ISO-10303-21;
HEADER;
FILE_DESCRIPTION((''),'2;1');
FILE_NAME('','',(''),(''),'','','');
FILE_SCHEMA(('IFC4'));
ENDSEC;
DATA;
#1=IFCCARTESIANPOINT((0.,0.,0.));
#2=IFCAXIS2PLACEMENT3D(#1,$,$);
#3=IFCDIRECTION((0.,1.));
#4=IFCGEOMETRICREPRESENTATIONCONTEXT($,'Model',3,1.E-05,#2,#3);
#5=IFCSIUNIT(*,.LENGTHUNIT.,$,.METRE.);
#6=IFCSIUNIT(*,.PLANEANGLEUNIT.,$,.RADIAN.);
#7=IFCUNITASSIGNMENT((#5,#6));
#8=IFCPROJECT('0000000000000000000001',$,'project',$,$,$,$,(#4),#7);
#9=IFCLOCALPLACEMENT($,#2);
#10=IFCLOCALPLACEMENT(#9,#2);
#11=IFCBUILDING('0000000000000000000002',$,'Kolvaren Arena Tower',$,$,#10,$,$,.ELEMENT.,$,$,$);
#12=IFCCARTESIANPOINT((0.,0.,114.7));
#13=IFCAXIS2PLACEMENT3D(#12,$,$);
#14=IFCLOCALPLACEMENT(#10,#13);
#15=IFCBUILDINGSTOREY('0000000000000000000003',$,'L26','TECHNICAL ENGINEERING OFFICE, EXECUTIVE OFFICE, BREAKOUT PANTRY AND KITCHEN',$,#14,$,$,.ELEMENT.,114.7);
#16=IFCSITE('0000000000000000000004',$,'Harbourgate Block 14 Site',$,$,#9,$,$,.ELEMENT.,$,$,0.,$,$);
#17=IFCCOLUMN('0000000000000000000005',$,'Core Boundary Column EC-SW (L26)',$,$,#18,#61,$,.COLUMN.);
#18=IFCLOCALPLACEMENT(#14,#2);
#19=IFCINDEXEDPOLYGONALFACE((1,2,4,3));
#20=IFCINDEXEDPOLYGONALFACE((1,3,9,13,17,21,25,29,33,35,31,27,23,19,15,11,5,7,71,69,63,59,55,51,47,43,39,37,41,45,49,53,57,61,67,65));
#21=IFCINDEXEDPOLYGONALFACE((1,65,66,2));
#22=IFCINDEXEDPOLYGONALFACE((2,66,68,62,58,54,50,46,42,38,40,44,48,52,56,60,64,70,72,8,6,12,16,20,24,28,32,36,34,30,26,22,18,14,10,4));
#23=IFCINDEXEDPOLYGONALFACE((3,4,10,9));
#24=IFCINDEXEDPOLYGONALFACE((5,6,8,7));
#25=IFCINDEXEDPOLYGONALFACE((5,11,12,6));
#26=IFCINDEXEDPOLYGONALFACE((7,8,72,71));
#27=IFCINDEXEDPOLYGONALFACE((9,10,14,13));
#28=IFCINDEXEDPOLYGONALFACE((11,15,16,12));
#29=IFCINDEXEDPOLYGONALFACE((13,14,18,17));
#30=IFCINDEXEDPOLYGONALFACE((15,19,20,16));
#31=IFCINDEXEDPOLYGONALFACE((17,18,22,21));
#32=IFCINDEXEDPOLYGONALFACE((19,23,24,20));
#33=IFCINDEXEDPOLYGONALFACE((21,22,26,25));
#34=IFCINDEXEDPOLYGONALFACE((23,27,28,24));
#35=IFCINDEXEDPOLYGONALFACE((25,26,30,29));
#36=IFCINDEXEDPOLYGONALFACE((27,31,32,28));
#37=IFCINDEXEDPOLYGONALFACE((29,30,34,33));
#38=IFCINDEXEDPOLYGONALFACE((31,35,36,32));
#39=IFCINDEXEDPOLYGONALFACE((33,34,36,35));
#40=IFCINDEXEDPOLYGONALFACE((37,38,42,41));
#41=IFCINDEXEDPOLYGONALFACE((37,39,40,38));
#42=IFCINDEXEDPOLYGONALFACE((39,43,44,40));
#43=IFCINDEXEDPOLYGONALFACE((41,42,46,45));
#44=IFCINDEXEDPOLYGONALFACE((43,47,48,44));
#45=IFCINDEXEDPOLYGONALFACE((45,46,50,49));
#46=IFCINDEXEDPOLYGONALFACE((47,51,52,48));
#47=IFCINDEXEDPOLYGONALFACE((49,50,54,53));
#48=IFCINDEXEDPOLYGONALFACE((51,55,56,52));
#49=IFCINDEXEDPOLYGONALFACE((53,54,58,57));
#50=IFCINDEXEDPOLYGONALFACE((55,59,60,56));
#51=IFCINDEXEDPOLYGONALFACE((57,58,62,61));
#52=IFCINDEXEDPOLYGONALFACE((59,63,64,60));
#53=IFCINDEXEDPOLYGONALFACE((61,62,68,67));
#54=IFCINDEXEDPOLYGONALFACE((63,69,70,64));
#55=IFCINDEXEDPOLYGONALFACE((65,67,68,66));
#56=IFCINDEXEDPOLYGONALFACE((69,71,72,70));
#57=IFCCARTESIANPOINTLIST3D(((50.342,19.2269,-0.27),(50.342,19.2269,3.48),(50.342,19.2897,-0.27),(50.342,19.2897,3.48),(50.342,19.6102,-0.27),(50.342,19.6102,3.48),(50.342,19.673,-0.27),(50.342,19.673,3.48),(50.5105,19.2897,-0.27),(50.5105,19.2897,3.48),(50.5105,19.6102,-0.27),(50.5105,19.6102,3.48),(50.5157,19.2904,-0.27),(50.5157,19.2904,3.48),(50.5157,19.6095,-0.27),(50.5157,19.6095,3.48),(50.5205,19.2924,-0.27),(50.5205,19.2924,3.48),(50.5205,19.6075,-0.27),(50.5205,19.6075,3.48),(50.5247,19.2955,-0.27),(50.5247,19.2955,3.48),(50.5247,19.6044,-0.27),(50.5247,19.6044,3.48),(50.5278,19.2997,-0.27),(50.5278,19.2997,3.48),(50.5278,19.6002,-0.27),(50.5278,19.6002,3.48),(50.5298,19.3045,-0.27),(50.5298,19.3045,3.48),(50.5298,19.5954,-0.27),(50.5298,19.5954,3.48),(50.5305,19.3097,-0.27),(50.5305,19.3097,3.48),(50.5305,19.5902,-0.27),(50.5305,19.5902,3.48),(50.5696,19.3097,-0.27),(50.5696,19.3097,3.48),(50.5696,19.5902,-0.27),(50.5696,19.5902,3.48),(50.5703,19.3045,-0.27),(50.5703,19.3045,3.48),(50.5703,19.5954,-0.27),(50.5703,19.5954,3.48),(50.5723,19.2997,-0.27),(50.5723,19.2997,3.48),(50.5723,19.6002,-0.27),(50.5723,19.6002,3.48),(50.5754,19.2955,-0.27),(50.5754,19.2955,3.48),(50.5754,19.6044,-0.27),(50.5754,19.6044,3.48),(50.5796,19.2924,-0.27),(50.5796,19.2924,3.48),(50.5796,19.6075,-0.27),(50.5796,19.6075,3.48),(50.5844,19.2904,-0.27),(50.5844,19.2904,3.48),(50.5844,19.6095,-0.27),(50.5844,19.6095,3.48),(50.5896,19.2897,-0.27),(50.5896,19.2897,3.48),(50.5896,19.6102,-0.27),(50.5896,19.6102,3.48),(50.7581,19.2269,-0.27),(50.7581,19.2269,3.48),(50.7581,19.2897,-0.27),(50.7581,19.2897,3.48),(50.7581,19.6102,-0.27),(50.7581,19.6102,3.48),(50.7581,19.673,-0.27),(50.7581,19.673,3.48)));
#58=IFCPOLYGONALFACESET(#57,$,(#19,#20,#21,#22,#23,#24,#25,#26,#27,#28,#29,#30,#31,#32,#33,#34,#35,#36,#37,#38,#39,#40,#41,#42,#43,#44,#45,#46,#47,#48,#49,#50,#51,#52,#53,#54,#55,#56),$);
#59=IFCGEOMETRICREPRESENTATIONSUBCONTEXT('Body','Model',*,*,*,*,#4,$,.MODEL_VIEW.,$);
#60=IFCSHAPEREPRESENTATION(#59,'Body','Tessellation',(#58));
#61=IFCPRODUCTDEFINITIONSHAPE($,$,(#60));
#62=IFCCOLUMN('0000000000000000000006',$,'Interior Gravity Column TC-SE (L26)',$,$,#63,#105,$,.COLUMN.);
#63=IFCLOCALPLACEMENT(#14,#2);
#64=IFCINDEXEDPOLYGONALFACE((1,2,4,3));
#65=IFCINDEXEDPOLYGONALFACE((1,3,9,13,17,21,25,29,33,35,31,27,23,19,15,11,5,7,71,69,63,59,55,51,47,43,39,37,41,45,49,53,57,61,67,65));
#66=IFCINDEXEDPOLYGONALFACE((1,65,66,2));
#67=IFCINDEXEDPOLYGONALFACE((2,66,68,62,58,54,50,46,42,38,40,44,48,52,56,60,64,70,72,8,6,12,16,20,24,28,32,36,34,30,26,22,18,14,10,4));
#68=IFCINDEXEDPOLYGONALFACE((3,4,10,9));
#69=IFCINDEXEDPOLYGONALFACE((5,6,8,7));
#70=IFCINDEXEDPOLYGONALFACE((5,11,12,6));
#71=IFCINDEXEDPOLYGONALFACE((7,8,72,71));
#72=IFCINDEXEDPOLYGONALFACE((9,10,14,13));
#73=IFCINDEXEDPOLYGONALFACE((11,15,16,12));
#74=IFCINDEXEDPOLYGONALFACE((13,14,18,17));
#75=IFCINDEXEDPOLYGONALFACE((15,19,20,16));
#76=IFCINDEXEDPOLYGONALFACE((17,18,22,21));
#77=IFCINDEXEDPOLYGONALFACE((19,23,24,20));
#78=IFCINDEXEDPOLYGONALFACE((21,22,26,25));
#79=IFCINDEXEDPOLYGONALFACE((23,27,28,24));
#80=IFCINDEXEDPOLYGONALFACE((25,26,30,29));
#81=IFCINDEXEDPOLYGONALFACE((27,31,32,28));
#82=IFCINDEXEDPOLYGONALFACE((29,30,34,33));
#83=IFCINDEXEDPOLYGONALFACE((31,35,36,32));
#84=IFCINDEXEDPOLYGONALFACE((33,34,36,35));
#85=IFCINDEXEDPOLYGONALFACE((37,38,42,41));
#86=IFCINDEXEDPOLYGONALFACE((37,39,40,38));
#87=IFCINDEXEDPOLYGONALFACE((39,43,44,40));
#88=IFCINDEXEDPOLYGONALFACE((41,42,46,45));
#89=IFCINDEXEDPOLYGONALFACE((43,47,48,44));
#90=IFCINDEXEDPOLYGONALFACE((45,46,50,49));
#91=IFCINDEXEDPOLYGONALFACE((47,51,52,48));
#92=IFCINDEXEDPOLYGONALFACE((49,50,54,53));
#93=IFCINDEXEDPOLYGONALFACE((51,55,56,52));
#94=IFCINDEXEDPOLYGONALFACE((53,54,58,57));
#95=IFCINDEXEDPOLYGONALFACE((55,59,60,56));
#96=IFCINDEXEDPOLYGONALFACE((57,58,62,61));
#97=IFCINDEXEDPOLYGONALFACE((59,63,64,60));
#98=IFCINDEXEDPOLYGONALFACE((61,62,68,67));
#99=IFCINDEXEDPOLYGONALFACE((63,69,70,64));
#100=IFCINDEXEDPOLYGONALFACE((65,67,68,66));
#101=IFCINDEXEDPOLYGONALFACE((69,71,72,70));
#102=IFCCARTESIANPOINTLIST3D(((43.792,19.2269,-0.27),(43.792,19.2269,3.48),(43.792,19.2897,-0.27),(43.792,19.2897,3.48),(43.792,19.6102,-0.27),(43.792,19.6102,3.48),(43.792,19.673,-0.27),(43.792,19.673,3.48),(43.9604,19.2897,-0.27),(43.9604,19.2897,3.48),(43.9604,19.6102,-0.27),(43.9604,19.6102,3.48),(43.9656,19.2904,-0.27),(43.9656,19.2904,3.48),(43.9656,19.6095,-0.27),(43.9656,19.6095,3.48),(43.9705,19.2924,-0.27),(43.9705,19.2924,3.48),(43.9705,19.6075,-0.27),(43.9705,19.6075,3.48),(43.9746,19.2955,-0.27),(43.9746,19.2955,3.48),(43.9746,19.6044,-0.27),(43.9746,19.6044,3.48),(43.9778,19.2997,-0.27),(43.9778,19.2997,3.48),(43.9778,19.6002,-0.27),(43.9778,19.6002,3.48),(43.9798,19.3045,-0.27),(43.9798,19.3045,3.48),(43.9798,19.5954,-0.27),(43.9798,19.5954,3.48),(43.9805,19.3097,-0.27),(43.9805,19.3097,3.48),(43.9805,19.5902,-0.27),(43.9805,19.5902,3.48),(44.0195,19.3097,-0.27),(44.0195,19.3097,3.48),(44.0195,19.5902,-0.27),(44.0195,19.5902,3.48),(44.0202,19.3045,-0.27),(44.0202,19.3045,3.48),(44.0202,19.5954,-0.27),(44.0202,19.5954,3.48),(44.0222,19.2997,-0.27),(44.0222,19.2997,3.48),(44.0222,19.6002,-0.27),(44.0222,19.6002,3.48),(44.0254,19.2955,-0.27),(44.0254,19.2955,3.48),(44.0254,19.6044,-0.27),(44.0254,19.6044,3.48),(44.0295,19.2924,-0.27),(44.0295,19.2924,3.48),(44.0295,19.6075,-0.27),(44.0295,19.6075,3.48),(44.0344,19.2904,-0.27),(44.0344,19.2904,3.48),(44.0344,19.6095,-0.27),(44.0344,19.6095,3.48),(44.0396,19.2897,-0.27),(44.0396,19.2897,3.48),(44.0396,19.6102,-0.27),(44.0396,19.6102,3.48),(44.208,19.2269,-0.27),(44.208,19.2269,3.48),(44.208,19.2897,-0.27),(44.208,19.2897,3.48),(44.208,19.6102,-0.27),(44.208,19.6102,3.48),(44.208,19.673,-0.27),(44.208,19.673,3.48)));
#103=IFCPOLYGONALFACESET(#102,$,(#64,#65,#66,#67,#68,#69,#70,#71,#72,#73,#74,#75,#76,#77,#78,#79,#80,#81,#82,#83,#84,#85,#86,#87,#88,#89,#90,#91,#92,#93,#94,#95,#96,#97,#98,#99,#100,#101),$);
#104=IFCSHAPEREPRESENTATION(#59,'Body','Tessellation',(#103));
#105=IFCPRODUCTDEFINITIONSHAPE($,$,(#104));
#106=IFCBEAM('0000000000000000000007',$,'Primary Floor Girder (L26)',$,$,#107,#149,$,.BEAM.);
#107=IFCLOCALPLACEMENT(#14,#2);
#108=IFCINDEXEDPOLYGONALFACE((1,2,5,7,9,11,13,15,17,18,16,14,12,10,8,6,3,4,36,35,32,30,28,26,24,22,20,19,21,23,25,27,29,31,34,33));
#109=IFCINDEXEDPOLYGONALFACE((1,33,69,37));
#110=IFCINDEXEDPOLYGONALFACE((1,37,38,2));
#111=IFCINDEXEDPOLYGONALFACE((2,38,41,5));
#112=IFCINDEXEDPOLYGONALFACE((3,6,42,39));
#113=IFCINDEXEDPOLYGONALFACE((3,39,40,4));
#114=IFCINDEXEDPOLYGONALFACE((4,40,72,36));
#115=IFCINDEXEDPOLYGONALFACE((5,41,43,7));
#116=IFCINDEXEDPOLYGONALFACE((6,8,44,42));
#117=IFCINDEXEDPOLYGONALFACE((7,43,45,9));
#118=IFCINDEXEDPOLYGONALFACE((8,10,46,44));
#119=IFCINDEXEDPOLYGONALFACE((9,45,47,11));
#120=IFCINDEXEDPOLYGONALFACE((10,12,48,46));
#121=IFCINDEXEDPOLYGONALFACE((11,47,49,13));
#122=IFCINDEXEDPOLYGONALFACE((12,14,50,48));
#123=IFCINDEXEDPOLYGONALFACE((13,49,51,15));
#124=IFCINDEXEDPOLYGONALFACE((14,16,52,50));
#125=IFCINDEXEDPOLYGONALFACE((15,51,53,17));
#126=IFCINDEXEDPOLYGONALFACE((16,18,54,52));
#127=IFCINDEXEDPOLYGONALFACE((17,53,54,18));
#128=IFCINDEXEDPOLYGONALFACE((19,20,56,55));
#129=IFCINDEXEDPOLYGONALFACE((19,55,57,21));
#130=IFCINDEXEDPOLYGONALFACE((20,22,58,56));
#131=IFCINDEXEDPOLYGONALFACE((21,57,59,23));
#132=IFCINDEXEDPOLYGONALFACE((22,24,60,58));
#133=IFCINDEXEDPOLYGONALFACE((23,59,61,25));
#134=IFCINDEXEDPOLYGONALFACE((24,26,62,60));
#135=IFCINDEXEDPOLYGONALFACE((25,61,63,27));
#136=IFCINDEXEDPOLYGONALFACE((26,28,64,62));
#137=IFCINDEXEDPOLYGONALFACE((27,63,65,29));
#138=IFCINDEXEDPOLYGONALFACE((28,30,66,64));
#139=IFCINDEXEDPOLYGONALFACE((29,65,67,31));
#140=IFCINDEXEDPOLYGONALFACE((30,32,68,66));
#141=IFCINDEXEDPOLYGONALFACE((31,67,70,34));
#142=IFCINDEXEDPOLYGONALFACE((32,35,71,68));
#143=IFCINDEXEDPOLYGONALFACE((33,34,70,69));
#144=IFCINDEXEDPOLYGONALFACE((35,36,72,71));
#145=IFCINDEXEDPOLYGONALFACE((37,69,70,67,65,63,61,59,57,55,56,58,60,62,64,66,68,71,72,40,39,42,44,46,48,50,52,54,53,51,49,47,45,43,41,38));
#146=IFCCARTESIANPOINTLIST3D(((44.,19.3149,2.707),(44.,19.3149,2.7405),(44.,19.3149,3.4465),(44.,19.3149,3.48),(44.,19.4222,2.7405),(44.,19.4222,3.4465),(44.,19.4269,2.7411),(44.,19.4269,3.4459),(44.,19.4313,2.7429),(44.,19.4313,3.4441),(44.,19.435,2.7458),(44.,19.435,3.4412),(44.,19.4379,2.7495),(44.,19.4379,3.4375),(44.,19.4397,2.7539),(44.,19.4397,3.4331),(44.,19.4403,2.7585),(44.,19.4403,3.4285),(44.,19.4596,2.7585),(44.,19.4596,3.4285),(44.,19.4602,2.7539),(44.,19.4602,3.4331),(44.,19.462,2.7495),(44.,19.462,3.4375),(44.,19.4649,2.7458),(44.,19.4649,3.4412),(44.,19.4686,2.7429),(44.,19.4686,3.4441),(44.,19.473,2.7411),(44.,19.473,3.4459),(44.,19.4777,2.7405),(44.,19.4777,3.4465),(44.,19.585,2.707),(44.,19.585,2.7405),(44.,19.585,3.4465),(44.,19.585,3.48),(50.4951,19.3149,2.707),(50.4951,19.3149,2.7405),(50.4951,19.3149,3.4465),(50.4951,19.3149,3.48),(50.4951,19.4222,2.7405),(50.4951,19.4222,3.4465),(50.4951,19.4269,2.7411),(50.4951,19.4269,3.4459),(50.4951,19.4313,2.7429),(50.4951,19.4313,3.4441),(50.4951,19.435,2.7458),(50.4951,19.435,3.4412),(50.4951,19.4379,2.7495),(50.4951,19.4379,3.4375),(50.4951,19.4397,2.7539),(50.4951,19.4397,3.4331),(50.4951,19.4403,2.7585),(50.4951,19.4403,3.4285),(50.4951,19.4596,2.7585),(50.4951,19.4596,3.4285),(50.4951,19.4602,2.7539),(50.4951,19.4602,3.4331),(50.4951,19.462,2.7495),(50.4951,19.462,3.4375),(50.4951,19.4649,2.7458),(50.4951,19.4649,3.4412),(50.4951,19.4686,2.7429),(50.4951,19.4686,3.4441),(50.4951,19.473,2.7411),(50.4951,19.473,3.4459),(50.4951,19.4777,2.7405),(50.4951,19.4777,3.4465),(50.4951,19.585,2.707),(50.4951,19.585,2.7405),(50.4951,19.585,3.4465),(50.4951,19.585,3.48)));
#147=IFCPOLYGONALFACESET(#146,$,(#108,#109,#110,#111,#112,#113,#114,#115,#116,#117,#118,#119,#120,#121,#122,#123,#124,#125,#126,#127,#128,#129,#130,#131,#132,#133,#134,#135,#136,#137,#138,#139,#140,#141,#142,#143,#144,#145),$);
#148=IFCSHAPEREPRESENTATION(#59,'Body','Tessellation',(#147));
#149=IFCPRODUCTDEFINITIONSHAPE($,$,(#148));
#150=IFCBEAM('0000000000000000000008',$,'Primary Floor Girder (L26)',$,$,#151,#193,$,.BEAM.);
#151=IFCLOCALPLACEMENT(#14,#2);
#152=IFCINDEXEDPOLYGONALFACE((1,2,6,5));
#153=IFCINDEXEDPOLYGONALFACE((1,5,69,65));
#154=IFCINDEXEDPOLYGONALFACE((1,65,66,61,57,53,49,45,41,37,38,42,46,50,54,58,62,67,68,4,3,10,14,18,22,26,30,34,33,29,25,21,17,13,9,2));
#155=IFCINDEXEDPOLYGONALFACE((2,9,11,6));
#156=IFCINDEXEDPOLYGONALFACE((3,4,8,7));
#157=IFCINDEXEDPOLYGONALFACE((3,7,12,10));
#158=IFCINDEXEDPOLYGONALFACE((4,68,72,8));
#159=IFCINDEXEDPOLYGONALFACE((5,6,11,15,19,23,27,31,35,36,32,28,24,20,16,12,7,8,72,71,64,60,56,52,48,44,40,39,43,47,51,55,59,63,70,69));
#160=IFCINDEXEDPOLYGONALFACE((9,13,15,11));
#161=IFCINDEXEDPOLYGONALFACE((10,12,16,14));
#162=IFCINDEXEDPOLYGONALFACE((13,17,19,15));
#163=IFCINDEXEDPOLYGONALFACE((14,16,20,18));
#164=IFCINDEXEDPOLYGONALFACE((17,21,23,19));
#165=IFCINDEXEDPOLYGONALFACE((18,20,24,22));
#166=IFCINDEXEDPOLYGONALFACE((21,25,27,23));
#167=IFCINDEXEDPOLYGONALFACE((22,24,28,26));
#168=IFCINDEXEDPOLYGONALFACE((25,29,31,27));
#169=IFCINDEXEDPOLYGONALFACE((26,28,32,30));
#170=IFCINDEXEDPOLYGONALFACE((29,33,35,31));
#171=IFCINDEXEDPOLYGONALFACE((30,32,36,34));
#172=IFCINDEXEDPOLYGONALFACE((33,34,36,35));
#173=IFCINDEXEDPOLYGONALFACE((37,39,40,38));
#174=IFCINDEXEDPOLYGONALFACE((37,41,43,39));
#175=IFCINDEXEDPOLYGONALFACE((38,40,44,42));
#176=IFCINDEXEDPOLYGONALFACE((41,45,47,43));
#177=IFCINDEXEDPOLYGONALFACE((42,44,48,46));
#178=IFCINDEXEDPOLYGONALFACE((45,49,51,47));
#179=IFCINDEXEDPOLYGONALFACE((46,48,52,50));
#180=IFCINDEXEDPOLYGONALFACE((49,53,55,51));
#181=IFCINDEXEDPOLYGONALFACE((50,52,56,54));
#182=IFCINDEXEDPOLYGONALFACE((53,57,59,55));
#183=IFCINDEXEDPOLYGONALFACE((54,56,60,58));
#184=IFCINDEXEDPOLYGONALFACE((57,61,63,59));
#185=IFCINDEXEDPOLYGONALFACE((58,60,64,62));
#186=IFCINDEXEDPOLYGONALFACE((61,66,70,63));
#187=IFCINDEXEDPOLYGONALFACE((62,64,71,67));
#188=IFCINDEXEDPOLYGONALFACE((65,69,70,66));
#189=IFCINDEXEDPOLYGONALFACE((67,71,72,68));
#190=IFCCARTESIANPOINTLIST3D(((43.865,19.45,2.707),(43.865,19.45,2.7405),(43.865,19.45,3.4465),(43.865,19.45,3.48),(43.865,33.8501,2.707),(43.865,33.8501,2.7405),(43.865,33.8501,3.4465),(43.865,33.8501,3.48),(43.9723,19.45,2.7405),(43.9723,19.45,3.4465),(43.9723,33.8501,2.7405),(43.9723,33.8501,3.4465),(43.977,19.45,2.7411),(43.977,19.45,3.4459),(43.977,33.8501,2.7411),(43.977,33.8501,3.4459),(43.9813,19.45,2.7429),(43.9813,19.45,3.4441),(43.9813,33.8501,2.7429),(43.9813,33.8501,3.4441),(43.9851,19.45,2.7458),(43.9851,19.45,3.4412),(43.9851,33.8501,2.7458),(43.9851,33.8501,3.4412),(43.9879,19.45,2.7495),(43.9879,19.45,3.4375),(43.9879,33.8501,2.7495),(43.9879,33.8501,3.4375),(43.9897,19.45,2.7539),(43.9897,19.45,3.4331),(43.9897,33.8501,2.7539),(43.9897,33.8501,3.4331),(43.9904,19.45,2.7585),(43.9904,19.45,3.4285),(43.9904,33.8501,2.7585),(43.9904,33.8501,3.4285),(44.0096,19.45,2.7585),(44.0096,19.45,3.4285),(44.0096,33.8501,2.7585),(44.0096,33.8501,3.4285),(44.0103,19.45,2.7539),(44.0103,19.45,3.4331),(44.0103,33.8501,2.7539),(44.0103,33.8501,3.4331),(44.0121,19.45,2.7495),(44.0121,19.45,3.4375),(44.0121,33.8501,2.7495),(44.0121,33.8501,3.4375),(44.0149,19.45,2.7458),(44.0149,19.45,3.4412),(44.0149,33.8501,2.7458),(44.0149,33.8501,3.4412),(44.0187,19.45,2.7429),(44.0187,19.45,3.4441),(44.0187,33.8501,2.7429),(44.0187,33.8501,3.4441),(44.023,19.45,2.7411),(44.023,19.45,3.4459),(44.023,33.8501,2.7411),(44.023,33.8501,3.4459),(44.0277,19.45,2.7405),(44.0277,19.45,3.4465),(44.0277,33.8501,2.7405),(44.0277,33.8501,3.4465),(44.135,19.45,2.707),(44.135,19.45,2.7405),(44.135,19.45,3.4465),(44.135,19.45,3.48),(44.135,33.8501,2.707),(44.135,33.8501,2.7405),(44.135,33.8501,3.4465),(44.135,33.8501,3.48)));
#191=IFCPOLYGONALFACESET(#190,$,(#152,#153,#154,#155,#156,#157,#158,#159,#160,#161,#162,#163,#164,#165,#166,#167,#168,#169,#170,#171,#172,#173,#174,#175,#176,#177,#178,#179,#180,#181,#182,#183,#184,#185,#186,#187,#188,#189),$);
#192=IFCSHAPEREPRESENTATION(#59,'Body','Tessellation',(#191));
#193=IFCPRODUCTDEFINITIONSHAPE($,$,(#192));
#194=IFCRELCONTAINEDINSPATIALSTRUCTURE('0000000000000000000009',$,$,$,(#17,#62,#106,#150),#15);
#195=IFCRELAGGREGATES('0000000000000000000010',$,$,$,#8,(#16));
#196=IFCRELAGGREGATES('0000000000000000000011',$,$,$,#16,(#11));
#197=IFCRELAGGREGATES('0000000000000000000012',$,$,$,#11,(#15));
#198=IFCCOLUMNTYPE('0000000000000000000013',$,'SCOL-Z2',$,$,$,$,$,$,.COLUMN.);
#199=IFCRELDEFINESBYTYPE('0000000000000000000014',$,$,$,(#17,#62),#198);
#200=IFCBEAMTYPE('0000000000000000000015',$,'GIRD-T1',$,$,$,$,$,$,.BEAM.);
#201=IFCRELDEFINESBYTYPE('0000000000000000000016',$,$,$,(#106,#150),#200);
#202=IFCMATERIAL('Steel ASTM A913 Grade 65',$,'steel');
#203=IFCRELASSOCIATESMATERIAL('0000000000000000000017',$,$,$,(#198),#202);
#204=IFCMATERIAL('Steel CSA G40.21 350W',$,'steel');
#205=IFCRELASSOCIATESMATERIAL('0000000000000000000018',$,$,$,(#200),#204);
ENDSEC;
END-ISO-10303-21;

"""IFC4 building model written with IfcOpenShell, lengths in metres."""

from ifc_helpers import new_model, si_unit, direction, frame, origin, origin_2d, place, context, subcontext, project, spatial, i_section, extrude, material, material_profile, profile_set, type_object, element, save


model = new_model("IFC4")

# Units and contexts
model_context = context("Model", 3, precision=1e-05, world=origin(), true_north=direction((0.0, 1.0)))
body_context = subcontext(model_context, "Body", "Model", "MODEL_VIEW")
ifc_project = project(units=[si_unit("LENGTHUNIT", "METRE"), si_unit("PLANEANGLEUNIT", "RADIAN")], contexts=[model_context])

# Site, building, storey
site_placement = place(None, origin())
site = spatial("IfcSite", under=ifc_project, at=site_placement, Name="Harbourgate Block 14 Site", CompositionType="ELEMENT", RefElevation=0.0)
building_placement = place(site_placement, origin())
building = spatial("IfcBuilding", under=site, at=building_placement, Name="Kolvaren Arena Tower", CompositionType="ELEMENT")
storey_placement = place(building_placement, frame((0.0, 0.0, 114.7)))
storey = spatial("IfcBuildingStorey", under=building, at=storey_placement, Name="L26", Description="TECHNICAL ENGINEERING OFFICE, EXECUTIVE OFFICE, BREAKOUT PANTRY AND KITCHEN", CompositionType="ELEMENT", Elevation=114.7)

# Columns
ifc_material_1 = material(Name="Steel ASTM A913 Grade 65", Category="steel")
ifc_material_profile_1 = material_profile(ifc_material_1, i_section(OverallWidth=0.416, OverallDepth=0.446, WebThickness=0.0391, FlangeThickness=0.0627, FilletRadius=0.02, at=origin_2d()), Name="W360x509")
ifc_profile_set_1 = profile_set([ifc_material_profile_1], Name="Steel ASTM A913 Grade 65")
column_type = type_object("IfcColumnType", Name="SCOL-Z2", PredefinedType="COLUMN", material=ifc_profile_set_1)
for number, where, z_axis, x_axis, name in (
    (1, (50.55, 19.45, -0.27), (0.0, 0.0, 1.0), (1.0, 0.0, 0.0), "Core Boundary Column EC-SW (L26)"),
    (2, (44.0, 19.45, -0.27), (0.0, 0.0, 1.0), (1.0, 0.0, 0.0), "Interior Gravity Column TC-SE (L26)"),
):
    element("IfcColumn", number, at=place(storey_placement, frame(where, z_axis=z_axis, x_axis=x_axis)), inside=storey, type_object=column_type, Name=name, PredefinedType="COLUMN", context=body_context, shape_type="SweptSolid", body=[
        extrude(i_section(OverallWidth=0.416, OverallDepth=0.446, WebThickness=0.0391, FlangeThickness=0.0627, FilletRadius=0.02, at=origin_2d()), origin(), (0.0, 0.0, 1.0), 3.75),
    ])

# Beams
ifc_material_2 = material(Name="Steel CSA G40.21 350W", Category="steel")
ifc_material_profile_2 = material_profile(ifc_material_2, i_section(OverallWidth=0.27, OverallDepth=0.7729, WebThickness=0.0193, FlangeThickness=0.0334, FilletRadius=0.0181, at=origin_2d()), Name="W760x257")
ifc_profile_set_2 = profile_set([ifc_material_profile_2], Name="Steel CSA G40.21 350W")
beam_type_1 = type_object("IfcBeamType", Name="GIRD-T1", PredefinedType="BEAM", material=ifc_profile_set_2)
beam_1_placement = place(storey_placement, frame((44.0, 19.45, 3.0935), z_axis=(1.0, 0.0, 0.0), x_axis=(0.0, 1.0, 0.0)))
element("IfcBeam", 3, at=beam_1_placement, inside=storey, type_object=beam_type_1, Name="Primary Floor Girder (L26)", PredefinedType="BEAM", context=body_context, shape_type="SweptSolid", body=[
    extrude(i_section(OverallWidth=0.27, OverallDepth=0.7729, WebThickness=0.0193, FlangeThickness=0.0334, FilletRadius=0.0181, at=origin_2d()), origin(), (0.0, 0.0, 1.0), 6.4951),
])
beam_2_placement = place(storey_placement, frame((44.0, 19.45, 3.0935), z_axis=(0.0, 1.0, 0.0), x_axis=(-1.0, 0.0, 0.0)))
element("IfcBeam", 4, at=beam_2_placement, inside=storey, type_object=beam_type_1, Name="Primary Floor Girder (L26)", PredefinedType="BEAM", context=body_context, shape_type="SweptSolid", body=[
    extrude(i_section(OverallWidth=0.27, OverallDepth=0.7729, WebThickness=0.0193, FlangeThickness=0.0334, FilletRadius=0.0181, at=origin_2d()), origin(), (0.0, 0.0, 1.0), 14.4001),
])

save(model, "model.ifc")
